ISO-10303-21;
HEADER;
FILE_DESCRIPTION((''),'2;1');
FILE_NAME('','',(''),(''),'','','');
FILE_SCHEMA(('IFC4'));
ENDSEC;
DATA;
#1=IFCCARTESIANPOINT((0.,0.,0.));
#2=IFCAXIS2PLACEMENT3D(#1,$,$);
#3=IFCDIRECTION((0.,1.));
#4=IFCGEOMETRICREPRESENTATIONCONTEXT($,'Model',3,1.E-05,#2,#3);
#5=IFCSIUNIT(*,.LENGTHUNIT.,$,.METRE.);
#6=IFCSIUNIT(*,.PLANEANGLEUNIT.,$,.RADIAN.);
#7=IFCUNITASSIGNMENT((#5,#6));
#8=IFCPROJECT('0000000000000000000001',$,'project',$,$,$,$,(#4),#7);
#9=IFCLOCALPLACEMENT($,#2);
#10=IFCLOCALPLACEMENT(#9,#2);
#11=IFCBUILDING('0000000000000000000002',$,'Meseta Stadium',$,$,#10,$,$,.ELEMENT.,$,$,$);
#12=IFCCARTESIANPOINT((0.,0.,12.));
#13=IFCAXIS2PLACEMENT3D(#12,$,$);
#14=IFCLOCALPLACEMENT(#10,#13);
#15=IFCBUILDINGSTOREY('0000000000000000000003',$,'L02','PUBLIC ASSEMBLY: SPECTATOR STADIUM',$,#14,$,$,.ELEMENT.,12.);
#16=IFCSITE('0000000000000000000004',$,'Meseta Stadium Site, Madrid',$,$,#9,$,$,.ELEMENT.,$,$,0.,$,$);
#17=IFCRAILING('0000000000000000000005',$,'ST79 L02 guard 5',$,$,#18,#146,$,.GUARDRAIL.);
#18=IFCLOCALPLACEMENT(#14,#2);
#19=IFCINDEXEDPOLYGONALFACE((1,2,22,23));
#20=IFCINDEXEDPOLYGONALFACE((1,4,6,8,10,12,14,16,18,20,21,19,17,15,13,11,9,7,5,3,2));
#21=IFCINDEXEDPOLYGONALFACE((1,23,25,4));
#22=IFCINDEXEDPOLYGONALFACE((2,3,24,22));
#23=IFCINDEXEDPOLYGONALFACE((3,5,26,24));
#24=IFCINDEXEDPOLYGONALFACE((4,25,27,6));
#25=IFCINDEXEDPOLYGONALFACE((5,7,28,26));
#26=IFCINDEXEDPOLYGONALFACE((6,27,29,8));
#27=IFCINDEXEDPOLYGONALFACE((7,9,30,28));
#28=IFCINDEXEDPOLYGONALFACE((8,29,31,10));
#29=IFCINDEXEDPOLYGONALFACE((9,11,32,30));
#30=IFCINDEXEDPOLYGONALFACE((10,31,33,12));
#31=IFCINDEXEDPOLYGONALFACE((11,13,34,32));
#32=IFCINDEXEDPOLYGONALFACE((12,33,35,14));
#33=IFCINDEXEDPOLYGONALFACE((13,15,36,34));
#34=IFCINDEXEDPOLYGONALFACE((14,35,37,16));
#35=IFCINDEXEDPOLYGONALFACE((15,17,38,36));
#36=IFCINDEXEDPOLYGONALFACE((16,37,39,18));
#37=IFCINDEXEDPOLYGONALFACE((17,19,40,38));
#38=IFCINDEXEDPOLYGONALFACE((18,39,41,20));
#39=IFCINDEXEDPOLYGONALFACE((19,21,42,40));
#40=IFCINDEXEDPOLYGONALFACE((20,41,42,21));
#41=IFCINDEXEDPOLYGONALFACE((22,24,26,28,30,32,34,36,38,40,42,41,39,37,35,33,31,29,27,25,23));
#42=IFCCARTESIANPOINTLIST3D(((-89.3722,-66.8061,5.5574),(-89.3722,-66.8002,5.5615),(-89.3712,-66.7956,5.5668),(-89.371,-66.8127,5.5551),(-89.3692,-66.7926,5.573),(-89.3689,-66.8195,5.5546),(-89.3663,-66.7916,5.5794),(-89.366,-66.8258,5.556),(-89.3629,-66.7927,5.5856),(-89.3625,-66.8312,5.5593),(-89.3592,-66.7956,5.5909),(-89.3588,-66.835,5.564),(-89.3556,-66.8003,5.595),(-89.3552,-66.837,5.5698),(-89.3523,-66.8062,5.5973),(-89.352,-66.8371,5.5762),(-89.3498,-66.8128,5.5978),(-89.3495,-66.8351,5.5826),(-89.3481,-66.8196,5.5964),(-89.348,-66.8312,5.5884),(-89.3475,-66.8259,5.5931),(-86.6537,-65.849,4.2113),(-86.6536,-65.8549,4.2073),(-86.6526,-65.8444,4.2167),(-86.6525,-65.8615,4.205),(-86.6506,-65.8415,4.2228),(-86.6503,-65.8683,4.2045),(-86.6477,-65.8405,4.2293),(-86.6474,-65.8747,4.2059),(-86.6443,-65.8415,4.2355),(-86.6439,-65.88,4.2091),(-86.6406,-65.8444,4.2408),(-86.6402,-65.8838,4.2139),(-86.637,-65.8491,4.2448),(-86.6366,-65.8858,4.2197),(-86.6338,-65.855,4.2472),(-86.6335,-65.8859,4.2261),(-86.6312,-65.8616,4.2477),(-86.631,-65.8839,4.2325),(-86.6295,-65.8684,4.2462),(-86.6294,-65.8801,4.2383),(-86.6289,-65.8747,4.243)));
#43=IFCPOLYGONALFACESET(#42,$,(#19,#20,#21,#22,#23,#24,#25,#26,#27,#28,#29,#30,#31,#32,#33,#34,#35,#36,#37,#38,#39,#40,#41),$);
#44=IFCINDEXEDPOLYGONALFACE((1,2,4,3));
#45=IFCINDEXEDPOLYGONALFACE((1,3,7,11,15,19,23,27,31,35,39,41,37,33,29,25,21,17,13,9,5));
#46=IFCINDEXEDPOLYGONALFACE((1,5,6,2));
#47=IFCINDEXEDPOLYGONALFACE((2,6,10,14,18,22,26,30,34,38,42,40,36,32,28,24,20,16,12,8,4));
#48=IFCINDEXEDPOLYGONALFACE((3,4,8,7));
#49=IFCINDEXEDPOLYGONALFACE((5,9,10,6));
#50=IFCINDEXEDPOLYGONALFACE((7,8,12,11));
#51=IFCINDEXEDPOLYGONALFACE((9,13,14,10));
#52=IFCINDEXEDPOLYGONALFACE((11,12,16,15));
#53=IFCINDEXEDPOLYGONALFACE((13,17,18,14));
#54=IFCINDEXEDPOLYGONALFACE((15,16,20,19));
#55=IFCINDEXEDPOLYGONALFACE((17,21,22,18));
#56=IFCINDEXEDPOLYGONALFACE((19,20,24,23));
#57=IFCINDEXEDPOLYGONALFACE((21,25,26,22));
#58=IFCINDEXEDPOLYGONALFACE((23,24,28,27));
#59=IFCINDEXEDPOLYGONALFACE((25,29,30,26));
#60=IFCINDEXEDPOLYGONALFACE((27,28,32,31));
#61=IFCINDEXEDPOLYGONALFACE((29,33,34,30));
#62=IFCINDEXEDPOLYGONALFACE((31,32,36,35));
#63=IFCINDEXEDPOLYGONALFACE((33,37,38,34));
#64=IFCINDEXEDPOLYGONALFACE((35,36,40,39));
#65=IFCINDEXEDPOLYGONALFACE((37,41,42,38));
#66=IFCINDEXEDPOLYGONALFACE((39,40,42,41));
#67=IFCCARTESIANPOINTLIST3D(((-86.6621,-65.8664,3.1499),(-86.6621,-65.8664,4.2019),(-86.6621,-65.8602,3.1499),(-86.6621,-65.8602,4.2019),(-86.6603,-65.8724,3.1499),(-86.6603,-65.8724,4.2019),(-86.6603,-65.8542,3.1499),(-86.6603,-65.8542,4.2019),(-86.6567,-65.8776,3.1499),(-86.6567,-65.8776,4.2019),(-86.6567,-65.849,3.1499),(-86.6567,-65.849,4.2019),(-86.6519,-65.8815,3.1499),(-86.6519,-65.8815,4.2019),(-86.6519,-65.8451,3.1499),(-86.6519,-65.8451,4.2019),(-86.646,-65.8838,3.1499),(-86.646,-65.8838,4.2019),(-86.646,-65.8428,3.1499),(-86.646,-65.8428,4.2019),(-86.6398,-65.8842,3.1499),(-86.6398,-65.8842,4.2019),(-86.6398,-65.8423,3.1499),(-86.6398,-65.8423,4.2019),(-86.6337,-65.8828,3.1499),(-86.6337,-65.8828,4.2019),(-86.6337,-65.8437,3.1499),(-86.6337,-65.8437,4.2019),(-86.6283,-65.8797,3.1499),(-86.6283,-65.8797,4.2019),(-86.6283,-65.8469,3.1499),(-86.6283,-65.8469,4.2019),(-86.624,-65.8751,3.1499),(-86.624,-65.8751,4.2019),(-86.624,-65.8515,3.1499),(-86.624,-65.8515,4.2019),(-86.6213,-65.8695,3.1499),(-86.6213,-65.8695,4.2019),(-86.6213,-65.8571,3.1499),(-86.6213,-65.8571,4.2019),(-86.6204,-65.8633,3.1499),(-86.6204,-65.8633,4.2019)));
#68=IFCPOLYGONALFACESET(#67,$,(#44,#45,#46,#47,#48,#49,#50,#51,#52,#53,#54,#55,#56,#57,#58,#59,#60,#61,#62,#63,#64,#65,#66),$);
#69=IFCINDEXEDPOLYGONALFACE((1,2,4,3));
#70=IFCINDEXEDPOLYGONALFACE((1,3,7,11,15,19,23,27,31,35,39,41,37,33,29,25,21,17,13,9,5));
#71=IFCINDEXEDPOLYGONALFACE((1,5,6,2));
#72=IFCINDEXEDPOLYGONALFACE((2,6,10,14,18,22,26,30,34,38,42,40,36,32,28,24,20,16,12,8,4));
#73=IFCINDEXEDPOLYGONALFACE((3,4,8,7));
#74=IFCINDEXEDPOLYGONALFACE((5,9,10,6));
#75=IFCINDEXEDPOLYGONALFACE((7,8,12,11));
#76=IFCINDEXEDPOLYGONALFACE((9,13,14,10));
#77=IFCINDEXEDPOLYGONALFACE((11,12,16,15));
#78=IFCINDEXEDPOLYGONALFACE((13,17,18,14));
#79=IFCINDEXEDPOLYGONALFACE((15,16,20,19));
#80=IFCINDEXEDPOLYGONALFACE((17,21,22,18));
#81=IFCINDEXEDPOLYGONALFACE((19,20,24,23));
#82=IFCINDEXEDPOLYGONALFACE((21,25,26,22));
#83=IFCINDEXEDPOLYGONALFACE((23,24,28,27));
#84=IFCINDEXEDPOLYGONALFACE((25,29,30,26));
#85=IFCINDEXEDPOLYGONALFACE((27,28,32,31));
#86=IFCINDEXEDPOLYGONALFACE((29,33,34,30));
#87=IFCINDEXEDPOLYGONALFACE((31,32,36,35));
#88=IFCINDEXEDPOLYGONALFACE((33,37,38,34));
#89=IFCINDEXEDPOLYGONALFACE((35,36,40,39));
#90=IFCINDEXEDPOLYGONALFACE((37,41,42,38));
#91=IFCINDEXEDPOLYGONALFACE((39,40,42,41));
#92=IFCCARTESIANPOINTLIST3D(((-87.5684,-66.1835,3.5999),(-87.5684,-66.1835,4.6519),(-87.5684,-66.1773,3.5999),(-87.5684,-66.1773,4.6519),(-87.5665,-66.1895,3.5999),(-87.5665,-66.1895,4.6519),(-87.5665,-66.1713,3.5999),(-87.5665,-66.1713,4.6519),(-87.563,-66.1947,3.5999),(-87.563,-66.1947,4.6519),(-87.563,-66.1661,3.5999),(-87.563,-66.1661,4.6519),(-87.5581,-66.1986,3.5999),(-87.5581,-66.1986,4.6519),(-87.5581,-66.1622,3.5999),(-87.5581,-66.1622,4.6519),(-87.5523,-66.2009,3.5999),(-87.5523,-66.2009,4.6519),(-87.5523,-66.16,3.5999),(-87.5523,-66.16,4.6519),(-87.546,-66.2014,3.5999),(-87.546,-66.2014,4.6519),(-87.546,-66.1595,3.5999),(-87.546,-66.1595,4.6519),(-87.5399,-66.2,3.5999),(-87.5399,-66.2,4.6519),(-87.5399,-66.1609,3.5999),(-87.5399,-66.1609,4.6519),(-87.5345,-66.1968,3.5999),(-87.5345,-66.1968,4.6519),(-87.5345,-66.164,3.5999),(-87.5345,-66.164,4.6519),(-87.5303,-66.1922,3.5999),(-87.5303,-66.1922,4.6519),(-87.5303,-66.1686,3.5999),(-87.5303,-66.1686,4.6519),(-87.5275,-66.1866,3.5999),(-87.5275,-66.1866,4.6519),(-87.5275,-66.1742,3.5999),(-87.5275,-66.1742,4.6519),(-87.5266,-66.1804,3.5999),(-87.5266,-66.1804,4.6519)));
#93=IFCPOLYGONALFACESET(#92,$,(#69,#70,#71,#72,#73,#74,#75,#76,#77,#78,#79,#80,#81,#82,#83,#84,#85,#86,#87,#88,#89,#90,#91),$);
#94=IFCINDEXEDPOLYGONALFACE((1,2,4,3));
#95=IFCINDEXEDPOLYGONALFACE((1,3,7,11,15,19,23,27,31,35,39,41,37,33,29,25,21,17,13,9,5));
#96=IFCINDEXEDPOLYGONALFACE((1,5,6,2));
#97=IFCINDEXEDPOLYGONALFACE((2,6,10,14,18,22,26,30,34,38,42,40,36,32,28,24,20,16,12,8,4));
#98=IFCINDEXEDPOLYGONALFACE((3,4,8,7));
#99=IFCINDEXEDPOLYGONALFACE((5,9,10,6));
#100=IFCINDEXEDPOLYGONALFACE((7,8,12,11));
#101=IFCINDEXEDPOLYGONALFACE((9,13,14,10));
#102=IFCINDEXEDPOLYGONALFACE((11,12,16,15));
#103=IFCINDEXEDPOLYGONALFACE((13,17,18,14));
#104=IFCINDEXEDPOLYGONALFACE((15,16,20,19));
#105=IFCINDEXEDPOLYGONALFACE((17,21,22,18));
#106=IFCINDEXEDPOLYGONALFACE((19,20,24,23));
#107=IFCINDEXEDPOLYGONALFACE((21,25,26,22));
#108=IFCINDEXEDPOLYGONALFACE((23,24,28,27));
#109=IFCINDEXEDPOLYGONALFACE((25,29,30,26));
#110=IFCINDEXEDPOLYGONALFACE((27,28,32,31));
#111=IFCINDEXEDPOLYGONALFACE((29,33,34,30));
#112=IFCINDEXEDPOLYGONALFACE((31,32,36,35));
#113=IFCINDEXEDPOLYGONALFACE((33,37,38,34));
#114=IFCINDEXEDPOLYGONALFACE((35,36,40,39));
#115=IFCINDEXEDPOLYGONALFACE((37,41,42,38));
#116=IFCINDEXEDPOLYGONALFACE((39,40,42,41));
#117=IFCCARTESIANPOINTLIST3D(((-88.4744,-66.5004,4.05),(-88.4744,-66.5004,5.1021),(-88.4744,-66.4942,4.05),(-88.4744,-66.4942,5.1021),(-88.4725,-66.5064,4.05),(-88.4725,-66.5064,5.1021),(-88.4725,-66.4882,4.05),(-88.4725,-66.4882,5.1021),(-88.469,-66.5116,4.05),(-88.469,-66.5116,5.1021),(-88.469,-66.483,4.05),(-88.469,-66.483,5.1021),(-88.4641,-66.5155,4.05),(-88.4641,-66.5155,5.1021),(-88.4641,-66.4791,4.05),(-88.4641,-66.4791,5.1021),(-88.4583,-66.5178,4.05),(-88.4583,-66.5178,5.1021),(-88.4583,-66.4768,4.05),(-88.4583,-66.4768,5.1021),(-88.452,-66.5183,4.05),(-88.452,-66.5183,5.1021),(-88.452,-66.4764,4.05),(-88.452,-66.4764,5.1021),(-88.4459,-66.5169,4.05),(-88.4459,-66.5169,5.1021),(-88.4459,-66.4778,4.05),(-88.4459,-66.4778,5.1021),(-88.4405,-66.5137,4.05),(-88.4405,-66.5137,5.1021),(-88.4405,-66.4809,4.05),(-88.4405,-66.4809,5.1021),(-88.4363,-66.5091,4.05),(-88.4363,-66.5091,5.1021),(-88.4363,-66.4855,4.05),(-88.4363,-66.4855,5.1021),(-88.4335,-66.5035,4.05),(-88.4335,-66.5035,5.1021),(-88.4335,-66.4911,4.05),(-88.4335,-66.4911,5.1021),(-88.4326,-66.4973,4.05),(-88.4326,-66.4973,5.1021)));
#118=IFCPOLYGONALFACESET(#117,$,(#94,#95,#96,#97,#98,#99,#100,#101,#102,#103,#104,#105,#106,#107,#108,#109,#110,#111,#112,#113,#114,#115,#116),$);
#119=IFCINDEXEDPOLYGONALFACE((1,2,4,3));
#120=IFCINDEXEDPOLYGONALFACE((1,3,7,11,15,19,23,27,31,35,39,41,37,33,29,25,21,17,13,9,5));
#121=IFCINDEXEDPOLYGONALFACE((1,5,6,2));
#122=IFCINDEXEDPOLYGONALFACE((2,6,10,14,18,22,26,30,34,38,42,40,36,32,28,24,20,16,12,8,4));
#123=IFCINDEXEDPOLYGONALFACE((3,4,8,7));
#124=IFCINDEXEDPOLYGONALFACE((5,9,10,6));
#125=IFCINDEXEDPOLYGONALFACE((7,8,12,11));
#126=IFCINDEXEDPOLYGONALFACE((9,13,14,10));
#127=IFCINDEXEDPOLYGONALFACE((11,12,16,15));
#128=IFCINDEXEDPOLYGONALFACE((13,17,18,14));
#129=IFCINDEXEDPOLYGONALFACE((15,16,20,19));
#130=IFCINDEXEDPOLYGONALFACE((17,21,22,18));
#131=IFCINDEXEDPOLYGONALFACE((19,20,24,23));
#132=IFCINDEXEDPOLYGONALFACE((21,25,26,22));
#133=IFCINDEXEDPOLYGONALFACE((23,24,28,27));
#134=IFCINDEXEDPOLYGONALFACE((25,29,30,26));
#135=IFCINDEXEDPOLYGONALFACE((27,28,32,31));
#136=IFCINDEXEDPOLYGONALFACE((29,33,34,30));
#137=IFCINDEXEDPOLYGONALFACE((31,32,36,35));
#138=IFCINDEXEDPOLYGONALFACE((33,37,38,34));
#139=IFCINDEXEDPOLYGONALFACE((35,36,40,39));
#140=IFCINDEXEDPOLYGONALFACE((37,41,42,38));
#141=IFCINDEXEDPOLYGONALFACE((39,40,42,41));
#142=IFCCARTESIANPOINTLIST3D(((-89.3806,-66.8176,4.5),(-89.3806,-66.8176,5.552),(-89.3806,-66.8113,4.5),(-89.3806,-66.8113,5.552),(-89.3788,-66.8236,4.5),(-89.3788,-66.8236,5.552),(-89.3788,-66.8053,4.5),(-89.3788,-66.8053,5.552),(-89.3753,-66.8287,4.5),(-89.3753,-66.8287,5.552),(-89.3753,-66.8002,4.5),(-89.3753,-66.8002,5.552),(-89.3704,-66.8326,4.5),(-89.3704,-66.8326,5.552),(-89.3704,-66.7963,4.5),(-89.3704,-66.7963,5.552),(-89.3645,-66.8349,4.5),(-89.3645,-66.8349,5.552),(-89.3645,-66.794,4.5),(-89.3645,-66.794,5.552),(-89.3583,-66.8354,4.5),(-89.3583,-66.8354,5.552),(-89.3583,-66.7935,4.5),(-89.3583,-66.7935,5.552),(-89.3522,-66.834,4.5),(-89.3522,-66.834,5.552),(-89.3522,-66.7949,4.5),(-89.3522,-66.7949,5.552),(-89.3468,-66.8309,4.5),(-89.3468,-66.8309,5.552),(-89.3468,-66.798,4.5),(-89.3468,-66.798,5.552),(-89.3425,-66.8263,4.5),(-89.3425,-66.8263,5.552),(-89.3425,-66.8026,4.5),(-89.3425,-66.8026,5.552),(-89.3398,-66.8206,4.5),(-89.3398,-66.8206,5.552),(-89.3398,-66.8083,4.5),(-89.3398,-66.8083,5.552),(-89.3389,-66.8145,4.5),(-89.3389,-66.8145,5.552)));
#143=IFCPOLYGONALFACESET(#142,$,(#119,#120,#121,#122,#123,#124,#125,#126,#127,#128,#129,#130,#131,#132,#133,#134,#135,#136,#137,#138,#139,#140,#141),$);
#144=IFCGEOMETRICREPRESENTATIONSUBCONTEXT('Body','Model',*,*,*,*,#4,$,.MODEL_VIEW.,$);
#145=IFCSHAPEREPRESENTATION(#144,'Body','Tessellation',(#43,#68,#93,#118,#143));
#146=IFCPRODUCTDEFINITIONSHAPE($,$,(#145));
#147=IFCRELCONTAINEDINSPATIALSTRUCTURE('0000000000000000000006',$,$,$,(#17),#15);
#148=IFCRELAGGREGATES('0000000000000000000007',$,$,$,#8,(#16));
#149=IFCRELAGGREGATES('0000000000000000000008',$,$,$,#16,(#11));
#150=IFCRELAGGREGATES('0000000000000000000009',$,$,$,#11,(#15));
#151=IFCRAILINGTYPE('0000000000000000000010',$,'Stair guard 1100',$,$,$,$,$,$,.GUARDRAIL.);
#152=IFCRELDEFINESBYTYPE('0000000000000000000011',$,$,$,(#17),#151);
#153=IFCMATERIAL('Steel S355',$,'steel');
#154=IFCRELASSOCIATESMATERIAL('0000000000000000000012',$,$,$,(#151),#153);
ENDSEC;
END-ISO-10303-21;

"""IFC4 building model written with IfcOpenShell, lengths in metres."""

from ifc_helpers import new_model, si_unit, direction, frame, origin, origin_2d, place, context, subcontext, project, spatial, circle, extrude, material, type_object, element, save


model = new_model("IFC4")

# Units and contexts
model_context = context("Model", 3, precision=1e-05, world=origin(), true_north=direction((0.0, 1.0)))
body_context = subcontext(model_context, "Body", "Model", "MODEL_VIEW")
ifc_project = project(units=[si_unit("LENGTHUNIT", "METRE"), si_unit("PLANEANGLEUNIT", "RADIAN")], contexts=[model_context])

# Site, building, storey
site_placement = place(None, origin())
site = spatial("IfcSite", under=ifc_project, at=site_placement, Name="Meseta Stadium Site, Madrid", CompositionType="ELEMENT", RefElevation=0.0)
building_placement = place(site_placement, origin())
building = spatial("IfcBuilding", under=site, at=building_placement, Name="Meseta Stadium", CompositionType="ELEMENT")
storey_placement = place(building_placement, frame((0.0, 0.0, 12.0)))
storey = spatial("IfcBuildingStorey", under=building, at=storey_placement, Name="L02", Description="PUBLIC ASSEMBLY: SPECTATOR STADIUM", CompositionType="ELEMENT", Elevation=12.0)

# Railing
ifc_material_1 = material(Name="Steel S355", Category="steel")
railing_type_1 = type_object("IfcRailingType", Name="Stair guard 1100", PredefinedType="GUARDRAIL", material=ifc_material_1)
railing_1_placement = place(storey_placement, frame((-86.6414, -65.8633, 3.1499)))
element("IfcRailing", 1, at=railing_1_placement, inside=storey, type_object=railing_type_1, Name="ST79 L02 guard 5", PredefinedType="GUARDRAIL", context=body_context, shape_type="SweptSolid", body=[
    extrude(circle(Radius=0.0239, at=origin_2d()), frame((0.0, 0.0, 1.0762), z_axis=(-0.854649, -0.299031, 0.424446), x_axis=(0.330256, -0.943891, 0.0)), (0.0, 0.0, 1.0), 3.1809),
    extrude(circle(Radius=0.021, at=origin_2d()), origin(), (0.0, 0.0, 1.0), 1.052),
    extrude(circle(Radius=0.021, at=origin_2d()), frame((-0.9062, -0.3171, 0.45)), (0.0, 0.0, 1.0), 1.052),
    extrude(circle(Radius=0.021, at=origin_2d()), frame((-1.8123, -0.634, 0.9001)), (0.0, 0.0, 1.0), 1.052),
    extrude(circle(Radius=0.021, at=origin_2d()), frame((-2.7185, -0.9512, 1.3501)), (0.0, 0.0, 1.0), 1.052),
])

save(model, "model.ifc")
